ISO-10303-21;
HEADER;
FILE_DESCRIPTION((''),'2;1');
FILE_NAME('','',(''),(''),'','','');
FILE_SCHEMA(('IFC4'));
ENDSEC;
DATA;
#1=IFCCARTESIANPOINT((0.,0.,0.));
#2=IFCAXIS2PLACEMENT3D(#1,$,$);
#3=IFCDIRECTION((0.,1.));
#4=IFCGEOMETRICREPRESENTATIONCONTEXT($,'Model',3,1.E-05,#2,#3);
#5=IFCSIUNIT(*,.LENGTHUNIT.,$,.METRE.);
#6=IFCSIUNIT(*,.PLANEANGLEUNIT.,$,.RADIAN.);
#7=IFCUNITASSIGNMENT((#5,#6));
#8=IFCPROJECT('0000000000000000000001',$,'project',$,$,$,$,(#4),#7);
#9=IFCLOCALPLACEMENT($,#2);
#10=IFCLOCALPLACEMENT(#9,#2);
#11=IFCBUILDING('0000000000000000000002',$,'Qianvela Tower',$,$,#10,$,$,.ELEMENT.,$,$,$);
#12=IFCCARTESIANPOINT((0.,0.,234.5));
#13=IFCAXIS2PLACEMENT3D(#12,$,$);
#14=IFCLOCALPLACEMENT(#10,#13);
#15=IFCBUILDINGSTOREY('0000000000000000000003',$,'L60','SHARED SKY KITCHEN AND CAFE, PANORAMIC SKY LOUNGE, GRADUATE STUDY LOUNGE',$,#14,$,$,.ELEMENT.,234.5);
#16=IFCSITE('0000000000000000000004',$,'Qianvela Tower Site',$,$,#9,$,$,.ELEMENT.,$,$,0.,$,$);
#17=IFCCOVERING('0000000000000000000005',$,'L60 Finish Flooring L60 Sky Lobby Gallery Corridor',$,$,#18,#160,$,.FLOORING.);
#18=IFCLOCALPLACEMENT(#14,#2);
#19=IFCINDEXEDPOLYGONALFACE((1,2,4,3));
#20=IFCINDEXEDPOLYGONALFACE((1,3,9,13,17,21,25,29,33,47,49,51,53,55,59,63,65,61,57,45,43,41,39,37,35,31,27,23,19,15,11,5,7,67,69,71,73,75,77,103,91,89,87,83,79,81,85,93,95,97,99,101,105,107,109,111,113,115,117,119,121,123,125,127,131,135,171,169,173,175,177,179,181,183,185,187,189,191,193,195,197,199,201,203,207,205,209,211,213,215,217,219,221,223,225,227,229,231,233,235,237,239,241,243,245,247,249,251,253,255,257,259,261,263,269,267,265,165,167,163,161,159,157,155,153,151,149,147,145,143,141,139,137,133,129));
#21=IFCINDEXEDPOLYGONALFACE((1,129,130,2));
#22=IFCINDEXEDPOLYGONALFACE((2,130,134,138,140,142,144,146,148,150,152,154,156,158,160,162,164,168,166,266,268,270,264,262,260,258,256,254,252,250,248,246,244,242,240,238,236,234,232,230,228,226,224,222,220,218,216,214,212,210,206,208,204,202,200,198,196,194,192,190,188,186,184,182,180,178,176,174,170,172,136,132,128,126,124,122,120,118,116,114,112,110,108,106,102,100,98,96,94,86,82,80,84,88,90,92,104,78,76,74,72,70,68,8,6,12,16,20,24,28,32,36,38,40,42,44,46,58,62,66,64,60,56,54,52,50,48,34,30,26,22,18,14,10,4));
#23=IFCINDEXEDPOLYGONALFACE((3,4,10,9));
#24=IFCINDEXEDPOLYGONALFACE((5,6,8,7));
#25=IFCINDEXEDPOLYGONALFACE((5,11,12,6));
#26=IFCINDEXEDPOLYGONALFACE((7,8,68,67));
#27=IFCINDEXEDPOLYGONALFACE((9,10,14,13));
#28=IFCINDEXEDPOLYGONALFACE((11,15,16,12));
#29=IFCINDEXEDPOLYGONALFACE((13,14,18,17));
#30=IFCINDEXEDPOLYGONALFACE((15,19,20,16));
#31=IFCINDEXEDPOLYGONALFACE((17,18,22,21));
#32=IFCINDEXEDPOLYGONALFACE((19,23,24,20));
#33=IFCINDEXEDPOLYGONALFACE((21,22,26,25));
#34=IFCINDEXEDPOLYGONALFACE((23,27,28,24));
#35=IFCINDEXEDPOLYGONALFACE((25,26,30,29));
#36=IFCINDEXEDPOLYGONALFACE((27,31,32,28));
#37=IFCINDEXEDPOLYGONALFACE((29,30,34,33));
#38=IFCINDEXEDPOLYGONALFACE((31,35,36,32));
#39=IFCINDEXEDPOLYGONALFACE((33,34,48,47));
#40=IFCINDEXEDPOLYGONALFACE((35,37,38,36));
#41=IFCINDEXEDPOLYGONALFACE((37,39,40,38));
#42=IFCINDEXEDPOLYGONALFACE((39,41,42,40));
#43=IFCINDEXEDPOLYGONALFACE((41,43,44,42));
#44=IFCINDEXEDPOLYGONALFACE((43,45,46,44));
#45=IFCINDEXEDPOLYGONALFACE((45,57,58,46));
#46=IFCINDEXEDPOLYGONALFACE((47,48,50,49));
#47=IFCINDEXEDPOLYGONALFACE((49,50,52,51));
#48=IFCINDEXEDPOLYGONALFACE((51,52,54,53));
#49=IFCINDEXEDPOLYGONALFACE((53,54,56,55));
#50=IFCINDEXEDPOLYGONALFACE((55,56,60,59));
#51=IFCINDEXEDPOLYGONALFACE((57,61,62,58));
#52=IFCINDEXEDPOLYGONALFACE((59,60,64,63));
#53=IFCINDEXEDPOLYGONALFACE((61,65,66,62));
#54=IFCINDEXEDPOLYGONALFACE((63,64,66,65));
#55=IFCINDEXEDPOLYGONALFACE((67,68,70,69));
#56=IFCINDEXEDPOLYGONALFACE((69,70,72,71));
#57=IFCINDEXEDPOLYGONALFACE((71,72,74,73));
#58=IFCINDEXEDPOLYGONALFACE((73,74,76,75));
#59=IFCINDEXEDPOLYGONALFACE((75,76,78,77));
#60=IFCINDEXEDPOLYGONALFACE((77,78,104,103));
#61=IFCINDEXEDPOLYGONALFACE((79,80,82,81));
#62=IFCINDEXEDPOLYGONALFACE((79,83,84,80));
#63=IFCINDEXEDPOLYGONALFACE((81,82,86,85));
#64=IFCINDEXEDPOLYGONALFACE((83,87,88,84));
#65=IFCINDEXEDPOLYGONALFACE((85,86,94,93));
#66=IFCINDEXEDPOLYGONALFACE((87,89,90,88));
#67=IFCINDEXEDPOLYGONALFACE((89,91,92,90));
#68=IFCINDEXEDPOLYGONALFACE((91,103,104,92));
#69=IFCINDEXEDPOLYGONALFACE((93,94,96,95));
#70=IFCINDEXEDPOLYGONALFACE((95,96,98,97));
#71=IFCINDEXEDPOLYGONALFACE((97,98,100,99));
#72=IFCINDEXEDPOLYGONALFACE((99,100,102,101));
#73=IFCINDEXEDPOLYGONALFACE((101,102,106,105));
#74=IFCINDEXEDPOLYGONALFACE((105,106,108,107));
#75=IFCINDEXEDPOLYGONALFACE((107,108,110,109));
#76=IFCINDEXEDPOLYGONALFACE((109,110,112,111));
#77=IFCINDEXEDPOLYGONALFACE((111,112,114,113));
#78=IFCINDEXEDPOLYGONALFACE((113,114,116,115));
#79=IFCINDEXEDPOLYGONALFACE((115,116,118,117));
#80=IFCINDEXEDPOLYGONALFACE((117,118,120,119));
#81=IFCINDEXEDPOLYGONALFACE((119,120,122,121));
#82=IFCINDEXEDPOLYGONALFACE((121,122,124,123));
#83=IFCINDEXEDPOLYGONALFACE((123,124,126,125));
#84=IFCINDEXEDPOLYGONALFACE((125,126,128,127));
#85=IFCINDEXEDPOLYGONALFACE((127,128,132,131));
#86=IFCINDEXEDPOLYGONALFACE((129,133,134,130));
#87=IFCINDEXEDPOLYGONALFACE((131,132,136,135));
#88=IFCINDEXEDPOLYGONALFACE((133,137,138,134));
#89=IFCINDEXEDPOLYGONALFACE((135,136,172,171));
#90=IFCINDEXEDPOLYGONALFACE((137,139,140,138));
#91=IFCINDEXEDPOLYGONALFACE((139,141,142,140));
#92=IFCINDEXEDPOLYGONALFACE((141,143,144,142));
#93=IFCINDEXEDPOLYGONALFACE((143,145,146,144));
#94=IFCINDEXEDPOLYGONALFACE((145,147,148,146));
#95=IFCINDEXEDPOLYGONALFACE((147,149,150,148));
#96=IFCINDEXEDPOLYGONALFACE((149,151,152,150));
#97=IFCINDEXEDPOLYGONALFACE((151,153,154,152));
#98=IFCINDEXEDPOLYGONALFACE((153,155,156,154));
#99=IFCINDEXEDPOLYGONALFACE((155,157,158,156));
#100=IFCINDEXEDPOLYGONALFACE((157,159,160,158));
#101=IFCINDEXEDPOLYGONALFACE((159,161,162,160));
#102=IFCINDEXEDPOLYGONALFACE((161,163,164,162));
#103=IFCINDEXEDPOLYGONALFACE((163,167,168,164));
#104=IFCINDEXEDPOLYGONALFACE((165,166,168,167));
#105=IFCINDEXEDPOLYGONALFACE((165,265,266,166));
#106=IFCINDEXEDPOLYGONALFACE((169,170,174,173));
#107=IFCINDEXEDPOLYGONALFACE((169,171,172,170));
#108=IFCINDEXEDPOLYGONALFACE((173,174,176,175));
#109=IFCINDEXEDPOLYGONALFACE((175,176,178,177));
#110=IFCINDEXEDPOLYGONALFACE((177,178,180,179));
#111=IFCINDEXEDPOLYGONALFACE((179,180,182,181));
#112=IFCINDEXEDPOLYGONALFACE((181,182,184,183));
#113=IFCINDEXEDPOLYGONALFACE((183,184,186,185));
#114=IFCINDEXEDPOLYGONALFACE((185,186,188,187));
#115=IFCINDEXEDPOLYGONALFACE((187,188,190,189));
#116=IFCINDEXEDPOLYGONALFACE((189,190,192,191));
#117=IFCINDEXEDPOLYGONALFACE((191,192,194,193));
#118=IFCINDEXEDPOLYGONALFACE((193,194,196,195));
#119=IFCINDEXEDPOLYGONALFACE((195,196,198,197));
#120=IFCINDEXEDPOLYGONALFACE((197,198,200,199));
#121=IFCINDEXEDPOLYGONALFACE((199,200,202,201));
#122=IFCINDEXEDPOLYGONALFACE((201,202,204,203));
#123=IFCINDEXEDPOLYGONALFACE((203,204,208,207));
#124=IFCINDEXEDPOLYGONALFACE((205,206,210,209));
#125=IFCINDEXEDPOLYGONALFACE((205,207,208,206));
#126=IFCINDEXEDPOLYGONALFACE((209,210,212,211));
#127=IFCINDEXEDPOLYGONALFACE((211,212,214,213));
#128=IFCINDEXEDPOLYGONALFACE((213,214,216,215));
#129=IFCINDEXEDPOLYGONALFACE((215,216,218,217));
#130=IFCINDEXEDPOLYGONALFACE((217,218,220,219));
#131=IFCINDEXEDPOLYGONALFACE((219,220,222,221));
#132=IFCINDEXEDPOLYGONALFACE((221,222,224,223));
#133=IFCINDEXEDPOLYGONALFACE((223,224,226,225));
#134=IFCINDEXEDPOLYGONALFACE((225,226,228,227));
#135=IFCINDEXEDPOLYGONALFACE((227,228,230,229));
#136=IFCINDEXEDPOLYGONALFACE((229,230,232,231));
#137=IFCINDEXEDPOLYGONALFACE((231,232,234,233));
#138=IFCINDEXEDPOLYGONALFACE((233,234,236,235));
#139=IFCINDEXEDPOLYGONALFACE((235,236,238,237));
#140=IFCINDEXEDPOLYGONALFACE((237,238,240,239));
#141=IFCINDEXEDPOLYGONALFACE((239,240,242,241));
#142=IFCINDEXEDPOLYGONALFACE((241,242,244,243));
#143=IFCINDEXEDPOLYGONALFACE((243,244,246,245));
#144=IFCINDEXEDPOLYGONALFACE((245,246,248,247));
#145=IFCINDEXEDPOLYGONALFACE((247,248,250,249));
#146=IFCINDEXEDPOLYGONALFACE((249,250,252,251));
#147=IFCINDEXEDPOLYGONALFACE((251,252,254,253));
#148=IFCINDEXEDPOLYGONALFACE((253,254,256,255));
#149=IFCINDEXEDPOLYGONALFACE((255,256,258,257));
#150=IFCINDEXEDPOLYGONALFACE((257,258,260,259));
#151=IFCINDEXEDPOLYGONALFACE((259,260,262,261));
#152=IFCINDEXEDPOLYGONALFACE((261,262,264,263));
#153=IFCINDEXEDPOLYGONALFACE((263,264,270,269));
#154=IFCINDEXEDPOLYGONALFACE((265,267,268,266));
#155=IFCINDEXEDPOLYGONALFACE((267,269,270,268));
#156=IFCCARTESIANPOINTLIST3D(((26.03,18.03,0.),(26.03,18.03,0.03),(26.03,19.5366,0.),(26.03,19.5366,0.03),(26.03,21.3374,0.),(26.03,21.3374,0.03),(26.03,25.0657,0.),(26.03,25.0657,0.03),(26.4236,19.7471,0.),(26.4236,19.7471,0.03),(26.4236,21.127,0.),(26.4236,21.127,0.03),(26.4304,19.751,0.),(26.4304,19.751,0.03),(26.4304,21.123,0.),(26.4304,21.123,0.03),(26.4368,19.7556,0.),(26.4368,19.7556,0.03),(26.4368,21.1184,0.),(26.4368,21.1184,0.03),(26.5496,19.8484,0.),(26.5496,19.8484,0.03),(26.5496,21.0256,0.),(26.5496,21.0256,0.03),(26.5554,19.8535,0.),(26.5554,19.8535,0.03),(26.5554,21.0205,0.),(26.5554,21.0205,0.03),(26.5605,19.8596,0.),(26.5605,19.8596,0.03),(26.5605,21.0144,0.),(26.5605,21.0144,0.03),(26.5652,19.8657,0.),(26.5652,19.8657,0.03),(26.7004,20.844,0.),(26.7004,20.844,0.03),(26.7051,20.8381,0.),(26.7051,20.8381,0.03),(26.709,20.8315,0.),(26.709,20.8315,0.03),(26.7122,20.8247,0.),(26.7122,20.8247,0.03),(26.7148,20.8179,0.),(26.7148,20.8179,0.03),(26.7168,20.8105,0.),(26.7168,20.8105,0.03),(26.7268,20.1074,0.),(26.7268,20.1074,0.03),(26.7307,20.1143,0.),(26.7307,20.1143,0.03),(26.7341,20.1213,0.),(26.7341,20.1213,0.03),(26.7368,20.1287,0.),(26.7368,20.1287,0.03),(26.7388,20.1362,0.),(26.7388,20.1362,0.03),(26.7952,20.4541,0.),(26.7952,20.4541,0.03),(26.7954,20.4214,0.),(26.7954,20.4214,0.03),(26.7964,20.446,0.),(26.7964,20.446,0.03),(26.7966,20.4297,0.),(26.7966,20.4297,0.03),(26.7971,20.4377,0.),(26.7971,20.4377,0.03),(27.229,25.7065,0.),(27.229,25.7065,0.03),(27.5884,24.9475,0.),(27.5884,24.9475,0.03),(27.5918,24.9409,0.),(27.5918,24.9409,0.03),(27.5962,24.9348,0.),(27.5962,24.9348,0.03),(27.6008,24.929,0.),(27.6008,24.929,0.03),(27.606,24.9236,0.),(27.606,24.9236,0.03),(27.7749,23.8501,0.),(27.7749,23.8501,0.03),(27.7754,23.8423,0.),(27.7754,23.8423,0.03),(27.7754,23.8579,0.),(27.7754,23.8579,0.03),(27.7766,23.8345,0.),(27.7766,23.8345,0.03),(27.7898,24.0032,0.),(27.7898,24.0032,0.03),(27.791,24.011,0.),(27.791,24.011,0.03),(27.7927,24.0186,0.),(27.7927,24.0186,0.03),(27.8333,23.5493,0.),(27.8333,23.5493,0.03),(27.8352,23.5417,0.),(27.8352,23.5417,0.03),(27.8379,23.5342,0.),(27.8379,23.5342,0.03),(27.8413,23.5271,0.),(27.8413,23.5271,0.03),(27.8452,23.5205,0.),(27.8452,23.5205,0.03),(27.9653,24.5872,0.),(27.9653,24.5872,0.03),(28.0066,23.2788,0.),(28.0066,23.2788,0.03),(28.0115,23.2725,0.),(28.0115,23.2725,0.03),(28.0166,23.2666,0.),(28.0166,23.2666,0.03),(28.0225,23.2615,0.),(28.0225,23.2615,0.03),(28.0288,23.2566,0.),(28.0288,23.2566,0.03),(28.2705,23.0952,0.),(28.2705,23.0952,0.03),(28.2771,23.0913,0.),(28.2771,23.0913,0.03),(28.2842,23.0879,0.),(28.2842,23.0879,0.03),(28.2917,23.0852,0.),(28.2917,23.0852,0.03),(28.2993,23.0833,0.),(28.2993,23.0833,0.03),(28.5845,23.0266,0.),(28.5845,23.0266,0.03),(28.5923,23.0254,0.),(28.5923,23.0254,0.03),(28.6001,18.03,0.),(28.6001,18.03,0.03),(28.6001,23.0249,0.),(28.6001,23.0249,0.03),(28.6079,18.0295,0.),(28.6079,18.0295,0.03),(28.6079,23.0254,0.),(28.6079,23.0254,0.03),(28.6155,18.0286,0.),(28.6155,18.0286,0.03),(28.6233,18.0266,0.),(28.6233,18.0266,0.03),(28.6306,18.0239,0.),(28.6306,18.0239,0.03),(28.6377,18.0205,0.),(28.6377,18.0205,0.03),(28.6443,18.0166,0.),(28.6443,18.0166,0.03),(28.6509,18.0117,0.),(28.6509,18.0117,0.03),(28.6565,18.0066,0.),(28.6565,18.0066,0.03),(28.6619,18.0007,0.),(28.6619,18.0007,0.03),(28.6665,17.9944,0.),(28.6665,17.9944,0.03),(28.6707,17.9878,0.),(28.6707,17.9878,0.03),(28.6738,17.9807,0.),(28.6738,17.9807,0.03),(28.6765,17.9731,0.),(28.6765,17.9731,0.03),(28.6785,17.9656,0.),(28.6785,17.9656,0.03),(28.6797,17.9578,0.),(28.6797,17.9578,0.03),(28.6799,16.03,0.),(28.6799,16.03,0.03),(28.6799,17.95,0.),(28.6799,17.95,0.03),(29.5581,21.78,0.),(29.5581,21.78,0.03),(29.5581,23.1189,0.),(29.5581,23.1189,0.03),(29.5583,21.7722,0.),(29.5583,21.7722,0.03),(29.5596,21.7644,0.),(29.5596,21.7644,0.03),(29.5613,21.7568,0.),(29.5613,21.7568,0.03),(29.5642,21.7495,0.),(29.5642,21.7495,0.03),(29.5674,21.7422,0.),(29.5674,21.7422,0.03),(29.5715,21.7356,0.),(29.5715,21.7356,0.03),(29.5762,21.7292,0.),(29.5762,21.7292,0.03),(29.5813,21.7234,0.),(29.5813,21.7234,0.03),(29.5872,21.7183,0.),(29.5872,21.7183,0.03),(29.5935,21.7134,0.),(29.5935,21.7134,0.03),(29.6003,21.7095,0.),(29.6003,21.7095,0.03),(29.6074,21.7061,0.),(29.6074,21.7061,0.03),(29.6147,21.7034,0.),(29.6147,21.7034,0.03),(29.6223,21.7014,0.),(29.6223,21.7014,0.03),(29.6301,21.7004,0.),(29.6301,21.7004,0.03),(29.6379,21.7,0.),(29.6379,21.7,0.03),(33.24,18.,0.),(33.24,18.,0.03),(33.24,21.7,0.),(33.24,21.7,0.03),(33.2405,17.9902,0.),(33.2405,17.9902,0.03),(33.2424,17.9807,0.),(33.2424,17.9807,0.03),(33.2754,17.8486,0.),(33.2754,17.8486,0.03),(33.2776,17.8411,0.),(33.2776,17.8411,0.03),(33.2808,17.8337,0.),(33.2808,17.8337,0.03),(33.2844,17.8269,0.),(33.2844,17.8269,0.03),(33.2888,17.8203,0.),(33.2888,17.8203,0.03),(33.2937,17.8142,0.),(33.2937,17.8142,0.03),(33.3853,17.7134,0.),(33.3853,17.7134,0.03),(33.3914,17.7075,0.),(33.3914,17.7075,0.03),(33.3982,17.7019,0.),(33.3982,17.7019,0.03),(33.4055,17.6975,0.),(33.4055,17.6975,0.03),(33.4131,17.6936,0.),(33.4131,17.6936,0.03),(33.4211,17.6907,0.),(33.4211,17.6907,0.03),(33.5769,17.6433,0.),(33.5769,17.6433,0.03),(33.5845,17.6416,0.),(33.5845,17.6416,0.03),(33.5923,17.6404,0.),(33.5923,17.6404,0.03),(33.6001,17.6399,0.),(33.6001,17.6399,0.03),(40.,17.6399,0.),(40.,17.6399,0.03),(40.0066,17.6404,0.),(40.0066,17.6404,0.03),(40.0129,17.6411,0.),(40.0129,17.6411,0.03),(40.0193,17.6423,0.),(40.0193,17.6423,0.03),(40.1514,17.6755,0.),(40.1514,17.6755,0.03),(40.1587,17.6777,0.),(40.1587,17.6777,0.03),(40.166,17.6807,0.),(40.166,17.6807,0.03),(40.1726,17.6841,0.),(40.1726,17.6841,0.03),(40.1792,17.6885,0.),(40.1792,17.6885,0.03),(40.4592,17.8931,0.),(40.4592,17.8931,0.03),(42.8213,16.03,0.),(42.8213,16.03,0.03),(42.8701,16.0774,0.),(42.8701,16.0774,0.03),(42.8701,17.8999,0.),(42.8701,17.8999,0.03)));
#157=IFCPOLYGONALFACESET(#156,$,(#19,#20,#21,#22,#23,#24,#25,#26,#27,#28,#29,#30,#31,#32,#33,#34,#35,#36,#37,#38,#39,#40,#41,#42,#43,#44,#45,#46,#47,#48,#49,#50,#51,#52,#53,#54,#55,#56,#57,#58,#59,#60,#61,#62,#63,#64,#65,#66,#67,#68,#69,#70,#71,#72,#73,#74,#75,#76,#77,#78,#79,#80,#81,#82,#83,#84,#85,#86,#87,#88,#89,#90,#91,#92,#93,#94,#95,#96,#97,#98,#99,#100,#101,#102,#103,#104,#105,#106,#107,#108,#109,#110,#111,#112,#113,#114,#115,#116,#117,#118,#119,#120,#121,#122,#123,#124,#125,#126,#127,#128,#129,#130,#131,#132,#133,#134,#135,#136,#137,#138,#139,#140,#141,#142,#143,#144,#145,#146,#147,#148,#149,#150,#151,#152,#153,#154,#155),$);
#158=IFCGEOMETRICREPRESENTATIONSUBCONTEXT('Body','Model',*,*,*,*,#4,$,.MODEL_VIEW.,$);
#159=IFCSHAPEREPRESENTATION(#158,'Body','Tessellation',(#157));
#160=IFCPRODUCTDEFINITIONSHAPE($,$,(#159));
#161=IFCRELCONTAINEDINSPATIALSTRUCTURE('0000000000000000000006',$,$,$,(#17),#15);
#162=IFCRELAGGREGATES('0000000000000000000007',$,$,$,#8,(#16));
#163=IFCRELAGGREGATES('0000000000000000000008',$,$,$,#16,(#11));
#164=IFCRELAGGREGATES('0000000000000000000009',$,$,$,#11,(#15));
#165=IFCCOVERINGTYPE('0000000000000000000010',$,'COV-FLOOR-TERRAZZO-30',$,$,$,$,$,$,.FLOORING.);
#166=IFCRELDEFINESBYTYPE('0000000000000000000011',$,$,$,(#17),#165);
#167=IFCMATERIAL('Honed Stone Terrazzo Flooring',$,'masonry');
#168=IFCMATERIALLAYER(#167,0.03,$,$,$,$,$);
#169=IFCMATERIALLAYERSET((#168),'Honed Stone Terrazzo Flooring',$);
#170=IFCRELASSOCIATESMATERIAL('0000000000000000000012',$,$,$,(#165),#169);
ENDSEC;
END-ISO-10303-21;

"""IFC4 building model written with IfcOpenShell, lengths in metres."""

from ifc_helpers import new_model, si_unit, direction, frame, origin, place, context, subcontext, project, spatial, polyline, outline, extrude, material, layer, layer_set, type_object, element, save


model = new_model("IFC4")

# Units and contexts
model_context = context("Model", 3, precision=1e-05, world=origin(), true_north=direction((0.0, 1.0)))
body_context = subcontext(model_context, "Body", "Model", "MODEL_VIEW")
ifc_project = project(units=[si_unit("LENGTHUNIT", "METRE"), si_unit("PLANEANGLEUNIT", "RADIAN")], contexts=[model_context])

# Site, building, storey
site_placement = place(None, origin())
site = spatial("IfcSite", under=ifc_project, at=site_placement, Name="Qianvela Tower Site", CompositionType="ELEMENT", RefElevation=0.0)
building_placement = place(site_placement, origin())
building = spatial("IfcBuilding", under=site, at=building_placement, Name="Qianvela Tower", CompositionType="ELEMENT")
storey_placement = place(building_placement, frame((0.0, 0.0, 234.5)))
storey = spatial("IfcBuildingStorey", under=building, at=storey_placement, Name="L60", Description="SHARED SKY KITCHEN AND CAFE, PANORAMIC SKY LOUNGE, GRADUATE STUDY LOUNGE", CompositionType="ELEMENT", Elevation=234.5)

# Covering
ifc_material_1 = material(Name="Honed Stone Terrazzo Flooring", Category="masonry")
ifc_layer_1 = layer(ifc_material_1, 0.03)
ifc_layer_set_1 = layer_set([ifc_layer_1], Name="Honed Stone Terrazzo Flooring")
covering_type_1 = type_object("IfcCoveringType", Name="COV-FLOOR-TERRAZZO-30", PredefinedType="FLOORING", material=ifc_layer_set_1)
covering_1_placement = place(storey_placement, origin())
element("IfcCovering", 1, at=covering_1_placement, inside=storey, type_object=covering_type_1, Name="L60 Finish Flooring L60 Sky Lobby Gallery Corridor", PredefinedType="FLOORING", context=body_context, shape_type="SweptSolid", body=[
    extrude(outline(polyline([(27.7927, 24.0186), (27.791, 24.011), (27.7898, 24.0032), (27.7754, 23.8579), (27.7749, 23.8501), (27.7754, 23.8423), (27.7766, 23.8345), (27.8333, 23.5493), (27.8352, 23.5417), (27.8379, 23.5342), (27.8413, 23.5271), (27.8452, 23.5205), (28.0066, 23.2788), (28.0115, 23.2725), (28.0166, 23.2666), (28.0225, 23.2615), (28.0288, 23.2566), (28.2705, 23.0952), (28.2771, 23.0913), (28.2842, 23.0879), (28.2917, 23.0852), (28.2993, 23.0833), (28.5845, 23.0266), (28.5923, 23.0254), (28.6001, 23.0249), (28.6079, 23.0254), (29.5581, 23.1189), (29.5581, 21.78), (29.5583, 21.7722), (29.5596, 21.7644), (29.5613, 21.7568), (29.5642, 21.7495), (29.5674, 21.7422), (29.5715, 21.7356), (29.5762, 21.7292), (29.5813, 21.7234), (29.5872, 21.7183), (29.5935, 21.7134), (29.6003, 21.7095), (29.6074, 21.7061), (29.6147, 21.7034), (29.6223, 21.7014), (29.6301, 21.7004), (29.6379, 21.7), (33.24, 21.7), (33.24, 18.0), (33.2405, 17.9902), (33.2424, 17.9807), (33.2754, 17.8486), (33.2776, 17.8411), (33.2808, 17.8337), (33.2844, 17.8269), (33.2888, 17.8203), (33.2937, 17.8142), (33.3853, 17.7134), (33.3914, 17.7075), (33.3982, 17.7019), (33.4055, 17.6975), (33.4131, 17.6936), (33.4211, 17.6907), (33.5769, 17.6433), (33.5845, 17.6416), (33.5923, 17.6404), (33.6001, 17.6399), (40.0, 17.6399), (40.0066, 17.6404), (40.0129, 17.6411), (40.0193, 17.6423), (40.1514, 17.6755), (40.1587, 17.6777), (40.166, 17.6807), (40.1726, 17.6841), (40.1792, 17.6885), (40.4592, 17.8931), (42.8701, 17.8999), (42.8701, 16.0774), (42.8213, 16.03), (28.6799, 16.03), (28.6799, 17.95), (28.6797, 17.9578), (28.6785, 17.9656), (28.6765, 17.9731), (28.6738, 17.9807), (28.6707, 17.9878), (28.6665, 17.9944), (28.6619, 18.0007), (28.6565, 18.0066), (28.6509, 18.0117), (28.6443, 18.0166), (28.6377, 18.0205), (28.6306, 18.0239), (28.6233, 18.0266), (28.6155, 18.0286), (28.6079, 18.0295), (28.6001, 18.03), (26.03, 18.03), (26.03, 19.5366), (26.4236, 19.7471), (26.4304, 19.751), (26.4368, 19.7556), (26.5496, 19.8484), (26.5554, 19.8535), (26.5605, 19.8596), (26.5652, 19.8657), (26.7268, 20.1074), (26.7307, 20.1143), (26.7341, 20.1213), (26.7368, 20.1287), (26.7388, 20.1362), (26.7954, 20.4214), (26.7966, 20.4297), (26.7971, 20.4377), (26.7964, 20.446), (26.7952, 20.4541), (26.7168, 20.8105), (26.7148, 20.8179), (26.7122, 20.8247), (26.709, 20.8315), (26.7051, 20.8381), (26.7004, 20.844), (26.5605, 21.0144), (26.5554, 21.0205), (26.5496, 21.0256), (26.4368, 21.1184), (26.4304, 21.123), (26.4236, 21.127), (26.03, 21.3374), (26.03, 25.0657), (27.229, 25.7065), (27.5884, 24.9475), (27.5918, 24.9409), (27.5962, 24.9348), (27.6008, 24.929), (27.606, 24.9236), (27.9653, 24.5872), (27.7927, 24.0186)])), origin(), (0.0, 0.0, 1.0), 0.03),
])

save(model, "model.ifc")
